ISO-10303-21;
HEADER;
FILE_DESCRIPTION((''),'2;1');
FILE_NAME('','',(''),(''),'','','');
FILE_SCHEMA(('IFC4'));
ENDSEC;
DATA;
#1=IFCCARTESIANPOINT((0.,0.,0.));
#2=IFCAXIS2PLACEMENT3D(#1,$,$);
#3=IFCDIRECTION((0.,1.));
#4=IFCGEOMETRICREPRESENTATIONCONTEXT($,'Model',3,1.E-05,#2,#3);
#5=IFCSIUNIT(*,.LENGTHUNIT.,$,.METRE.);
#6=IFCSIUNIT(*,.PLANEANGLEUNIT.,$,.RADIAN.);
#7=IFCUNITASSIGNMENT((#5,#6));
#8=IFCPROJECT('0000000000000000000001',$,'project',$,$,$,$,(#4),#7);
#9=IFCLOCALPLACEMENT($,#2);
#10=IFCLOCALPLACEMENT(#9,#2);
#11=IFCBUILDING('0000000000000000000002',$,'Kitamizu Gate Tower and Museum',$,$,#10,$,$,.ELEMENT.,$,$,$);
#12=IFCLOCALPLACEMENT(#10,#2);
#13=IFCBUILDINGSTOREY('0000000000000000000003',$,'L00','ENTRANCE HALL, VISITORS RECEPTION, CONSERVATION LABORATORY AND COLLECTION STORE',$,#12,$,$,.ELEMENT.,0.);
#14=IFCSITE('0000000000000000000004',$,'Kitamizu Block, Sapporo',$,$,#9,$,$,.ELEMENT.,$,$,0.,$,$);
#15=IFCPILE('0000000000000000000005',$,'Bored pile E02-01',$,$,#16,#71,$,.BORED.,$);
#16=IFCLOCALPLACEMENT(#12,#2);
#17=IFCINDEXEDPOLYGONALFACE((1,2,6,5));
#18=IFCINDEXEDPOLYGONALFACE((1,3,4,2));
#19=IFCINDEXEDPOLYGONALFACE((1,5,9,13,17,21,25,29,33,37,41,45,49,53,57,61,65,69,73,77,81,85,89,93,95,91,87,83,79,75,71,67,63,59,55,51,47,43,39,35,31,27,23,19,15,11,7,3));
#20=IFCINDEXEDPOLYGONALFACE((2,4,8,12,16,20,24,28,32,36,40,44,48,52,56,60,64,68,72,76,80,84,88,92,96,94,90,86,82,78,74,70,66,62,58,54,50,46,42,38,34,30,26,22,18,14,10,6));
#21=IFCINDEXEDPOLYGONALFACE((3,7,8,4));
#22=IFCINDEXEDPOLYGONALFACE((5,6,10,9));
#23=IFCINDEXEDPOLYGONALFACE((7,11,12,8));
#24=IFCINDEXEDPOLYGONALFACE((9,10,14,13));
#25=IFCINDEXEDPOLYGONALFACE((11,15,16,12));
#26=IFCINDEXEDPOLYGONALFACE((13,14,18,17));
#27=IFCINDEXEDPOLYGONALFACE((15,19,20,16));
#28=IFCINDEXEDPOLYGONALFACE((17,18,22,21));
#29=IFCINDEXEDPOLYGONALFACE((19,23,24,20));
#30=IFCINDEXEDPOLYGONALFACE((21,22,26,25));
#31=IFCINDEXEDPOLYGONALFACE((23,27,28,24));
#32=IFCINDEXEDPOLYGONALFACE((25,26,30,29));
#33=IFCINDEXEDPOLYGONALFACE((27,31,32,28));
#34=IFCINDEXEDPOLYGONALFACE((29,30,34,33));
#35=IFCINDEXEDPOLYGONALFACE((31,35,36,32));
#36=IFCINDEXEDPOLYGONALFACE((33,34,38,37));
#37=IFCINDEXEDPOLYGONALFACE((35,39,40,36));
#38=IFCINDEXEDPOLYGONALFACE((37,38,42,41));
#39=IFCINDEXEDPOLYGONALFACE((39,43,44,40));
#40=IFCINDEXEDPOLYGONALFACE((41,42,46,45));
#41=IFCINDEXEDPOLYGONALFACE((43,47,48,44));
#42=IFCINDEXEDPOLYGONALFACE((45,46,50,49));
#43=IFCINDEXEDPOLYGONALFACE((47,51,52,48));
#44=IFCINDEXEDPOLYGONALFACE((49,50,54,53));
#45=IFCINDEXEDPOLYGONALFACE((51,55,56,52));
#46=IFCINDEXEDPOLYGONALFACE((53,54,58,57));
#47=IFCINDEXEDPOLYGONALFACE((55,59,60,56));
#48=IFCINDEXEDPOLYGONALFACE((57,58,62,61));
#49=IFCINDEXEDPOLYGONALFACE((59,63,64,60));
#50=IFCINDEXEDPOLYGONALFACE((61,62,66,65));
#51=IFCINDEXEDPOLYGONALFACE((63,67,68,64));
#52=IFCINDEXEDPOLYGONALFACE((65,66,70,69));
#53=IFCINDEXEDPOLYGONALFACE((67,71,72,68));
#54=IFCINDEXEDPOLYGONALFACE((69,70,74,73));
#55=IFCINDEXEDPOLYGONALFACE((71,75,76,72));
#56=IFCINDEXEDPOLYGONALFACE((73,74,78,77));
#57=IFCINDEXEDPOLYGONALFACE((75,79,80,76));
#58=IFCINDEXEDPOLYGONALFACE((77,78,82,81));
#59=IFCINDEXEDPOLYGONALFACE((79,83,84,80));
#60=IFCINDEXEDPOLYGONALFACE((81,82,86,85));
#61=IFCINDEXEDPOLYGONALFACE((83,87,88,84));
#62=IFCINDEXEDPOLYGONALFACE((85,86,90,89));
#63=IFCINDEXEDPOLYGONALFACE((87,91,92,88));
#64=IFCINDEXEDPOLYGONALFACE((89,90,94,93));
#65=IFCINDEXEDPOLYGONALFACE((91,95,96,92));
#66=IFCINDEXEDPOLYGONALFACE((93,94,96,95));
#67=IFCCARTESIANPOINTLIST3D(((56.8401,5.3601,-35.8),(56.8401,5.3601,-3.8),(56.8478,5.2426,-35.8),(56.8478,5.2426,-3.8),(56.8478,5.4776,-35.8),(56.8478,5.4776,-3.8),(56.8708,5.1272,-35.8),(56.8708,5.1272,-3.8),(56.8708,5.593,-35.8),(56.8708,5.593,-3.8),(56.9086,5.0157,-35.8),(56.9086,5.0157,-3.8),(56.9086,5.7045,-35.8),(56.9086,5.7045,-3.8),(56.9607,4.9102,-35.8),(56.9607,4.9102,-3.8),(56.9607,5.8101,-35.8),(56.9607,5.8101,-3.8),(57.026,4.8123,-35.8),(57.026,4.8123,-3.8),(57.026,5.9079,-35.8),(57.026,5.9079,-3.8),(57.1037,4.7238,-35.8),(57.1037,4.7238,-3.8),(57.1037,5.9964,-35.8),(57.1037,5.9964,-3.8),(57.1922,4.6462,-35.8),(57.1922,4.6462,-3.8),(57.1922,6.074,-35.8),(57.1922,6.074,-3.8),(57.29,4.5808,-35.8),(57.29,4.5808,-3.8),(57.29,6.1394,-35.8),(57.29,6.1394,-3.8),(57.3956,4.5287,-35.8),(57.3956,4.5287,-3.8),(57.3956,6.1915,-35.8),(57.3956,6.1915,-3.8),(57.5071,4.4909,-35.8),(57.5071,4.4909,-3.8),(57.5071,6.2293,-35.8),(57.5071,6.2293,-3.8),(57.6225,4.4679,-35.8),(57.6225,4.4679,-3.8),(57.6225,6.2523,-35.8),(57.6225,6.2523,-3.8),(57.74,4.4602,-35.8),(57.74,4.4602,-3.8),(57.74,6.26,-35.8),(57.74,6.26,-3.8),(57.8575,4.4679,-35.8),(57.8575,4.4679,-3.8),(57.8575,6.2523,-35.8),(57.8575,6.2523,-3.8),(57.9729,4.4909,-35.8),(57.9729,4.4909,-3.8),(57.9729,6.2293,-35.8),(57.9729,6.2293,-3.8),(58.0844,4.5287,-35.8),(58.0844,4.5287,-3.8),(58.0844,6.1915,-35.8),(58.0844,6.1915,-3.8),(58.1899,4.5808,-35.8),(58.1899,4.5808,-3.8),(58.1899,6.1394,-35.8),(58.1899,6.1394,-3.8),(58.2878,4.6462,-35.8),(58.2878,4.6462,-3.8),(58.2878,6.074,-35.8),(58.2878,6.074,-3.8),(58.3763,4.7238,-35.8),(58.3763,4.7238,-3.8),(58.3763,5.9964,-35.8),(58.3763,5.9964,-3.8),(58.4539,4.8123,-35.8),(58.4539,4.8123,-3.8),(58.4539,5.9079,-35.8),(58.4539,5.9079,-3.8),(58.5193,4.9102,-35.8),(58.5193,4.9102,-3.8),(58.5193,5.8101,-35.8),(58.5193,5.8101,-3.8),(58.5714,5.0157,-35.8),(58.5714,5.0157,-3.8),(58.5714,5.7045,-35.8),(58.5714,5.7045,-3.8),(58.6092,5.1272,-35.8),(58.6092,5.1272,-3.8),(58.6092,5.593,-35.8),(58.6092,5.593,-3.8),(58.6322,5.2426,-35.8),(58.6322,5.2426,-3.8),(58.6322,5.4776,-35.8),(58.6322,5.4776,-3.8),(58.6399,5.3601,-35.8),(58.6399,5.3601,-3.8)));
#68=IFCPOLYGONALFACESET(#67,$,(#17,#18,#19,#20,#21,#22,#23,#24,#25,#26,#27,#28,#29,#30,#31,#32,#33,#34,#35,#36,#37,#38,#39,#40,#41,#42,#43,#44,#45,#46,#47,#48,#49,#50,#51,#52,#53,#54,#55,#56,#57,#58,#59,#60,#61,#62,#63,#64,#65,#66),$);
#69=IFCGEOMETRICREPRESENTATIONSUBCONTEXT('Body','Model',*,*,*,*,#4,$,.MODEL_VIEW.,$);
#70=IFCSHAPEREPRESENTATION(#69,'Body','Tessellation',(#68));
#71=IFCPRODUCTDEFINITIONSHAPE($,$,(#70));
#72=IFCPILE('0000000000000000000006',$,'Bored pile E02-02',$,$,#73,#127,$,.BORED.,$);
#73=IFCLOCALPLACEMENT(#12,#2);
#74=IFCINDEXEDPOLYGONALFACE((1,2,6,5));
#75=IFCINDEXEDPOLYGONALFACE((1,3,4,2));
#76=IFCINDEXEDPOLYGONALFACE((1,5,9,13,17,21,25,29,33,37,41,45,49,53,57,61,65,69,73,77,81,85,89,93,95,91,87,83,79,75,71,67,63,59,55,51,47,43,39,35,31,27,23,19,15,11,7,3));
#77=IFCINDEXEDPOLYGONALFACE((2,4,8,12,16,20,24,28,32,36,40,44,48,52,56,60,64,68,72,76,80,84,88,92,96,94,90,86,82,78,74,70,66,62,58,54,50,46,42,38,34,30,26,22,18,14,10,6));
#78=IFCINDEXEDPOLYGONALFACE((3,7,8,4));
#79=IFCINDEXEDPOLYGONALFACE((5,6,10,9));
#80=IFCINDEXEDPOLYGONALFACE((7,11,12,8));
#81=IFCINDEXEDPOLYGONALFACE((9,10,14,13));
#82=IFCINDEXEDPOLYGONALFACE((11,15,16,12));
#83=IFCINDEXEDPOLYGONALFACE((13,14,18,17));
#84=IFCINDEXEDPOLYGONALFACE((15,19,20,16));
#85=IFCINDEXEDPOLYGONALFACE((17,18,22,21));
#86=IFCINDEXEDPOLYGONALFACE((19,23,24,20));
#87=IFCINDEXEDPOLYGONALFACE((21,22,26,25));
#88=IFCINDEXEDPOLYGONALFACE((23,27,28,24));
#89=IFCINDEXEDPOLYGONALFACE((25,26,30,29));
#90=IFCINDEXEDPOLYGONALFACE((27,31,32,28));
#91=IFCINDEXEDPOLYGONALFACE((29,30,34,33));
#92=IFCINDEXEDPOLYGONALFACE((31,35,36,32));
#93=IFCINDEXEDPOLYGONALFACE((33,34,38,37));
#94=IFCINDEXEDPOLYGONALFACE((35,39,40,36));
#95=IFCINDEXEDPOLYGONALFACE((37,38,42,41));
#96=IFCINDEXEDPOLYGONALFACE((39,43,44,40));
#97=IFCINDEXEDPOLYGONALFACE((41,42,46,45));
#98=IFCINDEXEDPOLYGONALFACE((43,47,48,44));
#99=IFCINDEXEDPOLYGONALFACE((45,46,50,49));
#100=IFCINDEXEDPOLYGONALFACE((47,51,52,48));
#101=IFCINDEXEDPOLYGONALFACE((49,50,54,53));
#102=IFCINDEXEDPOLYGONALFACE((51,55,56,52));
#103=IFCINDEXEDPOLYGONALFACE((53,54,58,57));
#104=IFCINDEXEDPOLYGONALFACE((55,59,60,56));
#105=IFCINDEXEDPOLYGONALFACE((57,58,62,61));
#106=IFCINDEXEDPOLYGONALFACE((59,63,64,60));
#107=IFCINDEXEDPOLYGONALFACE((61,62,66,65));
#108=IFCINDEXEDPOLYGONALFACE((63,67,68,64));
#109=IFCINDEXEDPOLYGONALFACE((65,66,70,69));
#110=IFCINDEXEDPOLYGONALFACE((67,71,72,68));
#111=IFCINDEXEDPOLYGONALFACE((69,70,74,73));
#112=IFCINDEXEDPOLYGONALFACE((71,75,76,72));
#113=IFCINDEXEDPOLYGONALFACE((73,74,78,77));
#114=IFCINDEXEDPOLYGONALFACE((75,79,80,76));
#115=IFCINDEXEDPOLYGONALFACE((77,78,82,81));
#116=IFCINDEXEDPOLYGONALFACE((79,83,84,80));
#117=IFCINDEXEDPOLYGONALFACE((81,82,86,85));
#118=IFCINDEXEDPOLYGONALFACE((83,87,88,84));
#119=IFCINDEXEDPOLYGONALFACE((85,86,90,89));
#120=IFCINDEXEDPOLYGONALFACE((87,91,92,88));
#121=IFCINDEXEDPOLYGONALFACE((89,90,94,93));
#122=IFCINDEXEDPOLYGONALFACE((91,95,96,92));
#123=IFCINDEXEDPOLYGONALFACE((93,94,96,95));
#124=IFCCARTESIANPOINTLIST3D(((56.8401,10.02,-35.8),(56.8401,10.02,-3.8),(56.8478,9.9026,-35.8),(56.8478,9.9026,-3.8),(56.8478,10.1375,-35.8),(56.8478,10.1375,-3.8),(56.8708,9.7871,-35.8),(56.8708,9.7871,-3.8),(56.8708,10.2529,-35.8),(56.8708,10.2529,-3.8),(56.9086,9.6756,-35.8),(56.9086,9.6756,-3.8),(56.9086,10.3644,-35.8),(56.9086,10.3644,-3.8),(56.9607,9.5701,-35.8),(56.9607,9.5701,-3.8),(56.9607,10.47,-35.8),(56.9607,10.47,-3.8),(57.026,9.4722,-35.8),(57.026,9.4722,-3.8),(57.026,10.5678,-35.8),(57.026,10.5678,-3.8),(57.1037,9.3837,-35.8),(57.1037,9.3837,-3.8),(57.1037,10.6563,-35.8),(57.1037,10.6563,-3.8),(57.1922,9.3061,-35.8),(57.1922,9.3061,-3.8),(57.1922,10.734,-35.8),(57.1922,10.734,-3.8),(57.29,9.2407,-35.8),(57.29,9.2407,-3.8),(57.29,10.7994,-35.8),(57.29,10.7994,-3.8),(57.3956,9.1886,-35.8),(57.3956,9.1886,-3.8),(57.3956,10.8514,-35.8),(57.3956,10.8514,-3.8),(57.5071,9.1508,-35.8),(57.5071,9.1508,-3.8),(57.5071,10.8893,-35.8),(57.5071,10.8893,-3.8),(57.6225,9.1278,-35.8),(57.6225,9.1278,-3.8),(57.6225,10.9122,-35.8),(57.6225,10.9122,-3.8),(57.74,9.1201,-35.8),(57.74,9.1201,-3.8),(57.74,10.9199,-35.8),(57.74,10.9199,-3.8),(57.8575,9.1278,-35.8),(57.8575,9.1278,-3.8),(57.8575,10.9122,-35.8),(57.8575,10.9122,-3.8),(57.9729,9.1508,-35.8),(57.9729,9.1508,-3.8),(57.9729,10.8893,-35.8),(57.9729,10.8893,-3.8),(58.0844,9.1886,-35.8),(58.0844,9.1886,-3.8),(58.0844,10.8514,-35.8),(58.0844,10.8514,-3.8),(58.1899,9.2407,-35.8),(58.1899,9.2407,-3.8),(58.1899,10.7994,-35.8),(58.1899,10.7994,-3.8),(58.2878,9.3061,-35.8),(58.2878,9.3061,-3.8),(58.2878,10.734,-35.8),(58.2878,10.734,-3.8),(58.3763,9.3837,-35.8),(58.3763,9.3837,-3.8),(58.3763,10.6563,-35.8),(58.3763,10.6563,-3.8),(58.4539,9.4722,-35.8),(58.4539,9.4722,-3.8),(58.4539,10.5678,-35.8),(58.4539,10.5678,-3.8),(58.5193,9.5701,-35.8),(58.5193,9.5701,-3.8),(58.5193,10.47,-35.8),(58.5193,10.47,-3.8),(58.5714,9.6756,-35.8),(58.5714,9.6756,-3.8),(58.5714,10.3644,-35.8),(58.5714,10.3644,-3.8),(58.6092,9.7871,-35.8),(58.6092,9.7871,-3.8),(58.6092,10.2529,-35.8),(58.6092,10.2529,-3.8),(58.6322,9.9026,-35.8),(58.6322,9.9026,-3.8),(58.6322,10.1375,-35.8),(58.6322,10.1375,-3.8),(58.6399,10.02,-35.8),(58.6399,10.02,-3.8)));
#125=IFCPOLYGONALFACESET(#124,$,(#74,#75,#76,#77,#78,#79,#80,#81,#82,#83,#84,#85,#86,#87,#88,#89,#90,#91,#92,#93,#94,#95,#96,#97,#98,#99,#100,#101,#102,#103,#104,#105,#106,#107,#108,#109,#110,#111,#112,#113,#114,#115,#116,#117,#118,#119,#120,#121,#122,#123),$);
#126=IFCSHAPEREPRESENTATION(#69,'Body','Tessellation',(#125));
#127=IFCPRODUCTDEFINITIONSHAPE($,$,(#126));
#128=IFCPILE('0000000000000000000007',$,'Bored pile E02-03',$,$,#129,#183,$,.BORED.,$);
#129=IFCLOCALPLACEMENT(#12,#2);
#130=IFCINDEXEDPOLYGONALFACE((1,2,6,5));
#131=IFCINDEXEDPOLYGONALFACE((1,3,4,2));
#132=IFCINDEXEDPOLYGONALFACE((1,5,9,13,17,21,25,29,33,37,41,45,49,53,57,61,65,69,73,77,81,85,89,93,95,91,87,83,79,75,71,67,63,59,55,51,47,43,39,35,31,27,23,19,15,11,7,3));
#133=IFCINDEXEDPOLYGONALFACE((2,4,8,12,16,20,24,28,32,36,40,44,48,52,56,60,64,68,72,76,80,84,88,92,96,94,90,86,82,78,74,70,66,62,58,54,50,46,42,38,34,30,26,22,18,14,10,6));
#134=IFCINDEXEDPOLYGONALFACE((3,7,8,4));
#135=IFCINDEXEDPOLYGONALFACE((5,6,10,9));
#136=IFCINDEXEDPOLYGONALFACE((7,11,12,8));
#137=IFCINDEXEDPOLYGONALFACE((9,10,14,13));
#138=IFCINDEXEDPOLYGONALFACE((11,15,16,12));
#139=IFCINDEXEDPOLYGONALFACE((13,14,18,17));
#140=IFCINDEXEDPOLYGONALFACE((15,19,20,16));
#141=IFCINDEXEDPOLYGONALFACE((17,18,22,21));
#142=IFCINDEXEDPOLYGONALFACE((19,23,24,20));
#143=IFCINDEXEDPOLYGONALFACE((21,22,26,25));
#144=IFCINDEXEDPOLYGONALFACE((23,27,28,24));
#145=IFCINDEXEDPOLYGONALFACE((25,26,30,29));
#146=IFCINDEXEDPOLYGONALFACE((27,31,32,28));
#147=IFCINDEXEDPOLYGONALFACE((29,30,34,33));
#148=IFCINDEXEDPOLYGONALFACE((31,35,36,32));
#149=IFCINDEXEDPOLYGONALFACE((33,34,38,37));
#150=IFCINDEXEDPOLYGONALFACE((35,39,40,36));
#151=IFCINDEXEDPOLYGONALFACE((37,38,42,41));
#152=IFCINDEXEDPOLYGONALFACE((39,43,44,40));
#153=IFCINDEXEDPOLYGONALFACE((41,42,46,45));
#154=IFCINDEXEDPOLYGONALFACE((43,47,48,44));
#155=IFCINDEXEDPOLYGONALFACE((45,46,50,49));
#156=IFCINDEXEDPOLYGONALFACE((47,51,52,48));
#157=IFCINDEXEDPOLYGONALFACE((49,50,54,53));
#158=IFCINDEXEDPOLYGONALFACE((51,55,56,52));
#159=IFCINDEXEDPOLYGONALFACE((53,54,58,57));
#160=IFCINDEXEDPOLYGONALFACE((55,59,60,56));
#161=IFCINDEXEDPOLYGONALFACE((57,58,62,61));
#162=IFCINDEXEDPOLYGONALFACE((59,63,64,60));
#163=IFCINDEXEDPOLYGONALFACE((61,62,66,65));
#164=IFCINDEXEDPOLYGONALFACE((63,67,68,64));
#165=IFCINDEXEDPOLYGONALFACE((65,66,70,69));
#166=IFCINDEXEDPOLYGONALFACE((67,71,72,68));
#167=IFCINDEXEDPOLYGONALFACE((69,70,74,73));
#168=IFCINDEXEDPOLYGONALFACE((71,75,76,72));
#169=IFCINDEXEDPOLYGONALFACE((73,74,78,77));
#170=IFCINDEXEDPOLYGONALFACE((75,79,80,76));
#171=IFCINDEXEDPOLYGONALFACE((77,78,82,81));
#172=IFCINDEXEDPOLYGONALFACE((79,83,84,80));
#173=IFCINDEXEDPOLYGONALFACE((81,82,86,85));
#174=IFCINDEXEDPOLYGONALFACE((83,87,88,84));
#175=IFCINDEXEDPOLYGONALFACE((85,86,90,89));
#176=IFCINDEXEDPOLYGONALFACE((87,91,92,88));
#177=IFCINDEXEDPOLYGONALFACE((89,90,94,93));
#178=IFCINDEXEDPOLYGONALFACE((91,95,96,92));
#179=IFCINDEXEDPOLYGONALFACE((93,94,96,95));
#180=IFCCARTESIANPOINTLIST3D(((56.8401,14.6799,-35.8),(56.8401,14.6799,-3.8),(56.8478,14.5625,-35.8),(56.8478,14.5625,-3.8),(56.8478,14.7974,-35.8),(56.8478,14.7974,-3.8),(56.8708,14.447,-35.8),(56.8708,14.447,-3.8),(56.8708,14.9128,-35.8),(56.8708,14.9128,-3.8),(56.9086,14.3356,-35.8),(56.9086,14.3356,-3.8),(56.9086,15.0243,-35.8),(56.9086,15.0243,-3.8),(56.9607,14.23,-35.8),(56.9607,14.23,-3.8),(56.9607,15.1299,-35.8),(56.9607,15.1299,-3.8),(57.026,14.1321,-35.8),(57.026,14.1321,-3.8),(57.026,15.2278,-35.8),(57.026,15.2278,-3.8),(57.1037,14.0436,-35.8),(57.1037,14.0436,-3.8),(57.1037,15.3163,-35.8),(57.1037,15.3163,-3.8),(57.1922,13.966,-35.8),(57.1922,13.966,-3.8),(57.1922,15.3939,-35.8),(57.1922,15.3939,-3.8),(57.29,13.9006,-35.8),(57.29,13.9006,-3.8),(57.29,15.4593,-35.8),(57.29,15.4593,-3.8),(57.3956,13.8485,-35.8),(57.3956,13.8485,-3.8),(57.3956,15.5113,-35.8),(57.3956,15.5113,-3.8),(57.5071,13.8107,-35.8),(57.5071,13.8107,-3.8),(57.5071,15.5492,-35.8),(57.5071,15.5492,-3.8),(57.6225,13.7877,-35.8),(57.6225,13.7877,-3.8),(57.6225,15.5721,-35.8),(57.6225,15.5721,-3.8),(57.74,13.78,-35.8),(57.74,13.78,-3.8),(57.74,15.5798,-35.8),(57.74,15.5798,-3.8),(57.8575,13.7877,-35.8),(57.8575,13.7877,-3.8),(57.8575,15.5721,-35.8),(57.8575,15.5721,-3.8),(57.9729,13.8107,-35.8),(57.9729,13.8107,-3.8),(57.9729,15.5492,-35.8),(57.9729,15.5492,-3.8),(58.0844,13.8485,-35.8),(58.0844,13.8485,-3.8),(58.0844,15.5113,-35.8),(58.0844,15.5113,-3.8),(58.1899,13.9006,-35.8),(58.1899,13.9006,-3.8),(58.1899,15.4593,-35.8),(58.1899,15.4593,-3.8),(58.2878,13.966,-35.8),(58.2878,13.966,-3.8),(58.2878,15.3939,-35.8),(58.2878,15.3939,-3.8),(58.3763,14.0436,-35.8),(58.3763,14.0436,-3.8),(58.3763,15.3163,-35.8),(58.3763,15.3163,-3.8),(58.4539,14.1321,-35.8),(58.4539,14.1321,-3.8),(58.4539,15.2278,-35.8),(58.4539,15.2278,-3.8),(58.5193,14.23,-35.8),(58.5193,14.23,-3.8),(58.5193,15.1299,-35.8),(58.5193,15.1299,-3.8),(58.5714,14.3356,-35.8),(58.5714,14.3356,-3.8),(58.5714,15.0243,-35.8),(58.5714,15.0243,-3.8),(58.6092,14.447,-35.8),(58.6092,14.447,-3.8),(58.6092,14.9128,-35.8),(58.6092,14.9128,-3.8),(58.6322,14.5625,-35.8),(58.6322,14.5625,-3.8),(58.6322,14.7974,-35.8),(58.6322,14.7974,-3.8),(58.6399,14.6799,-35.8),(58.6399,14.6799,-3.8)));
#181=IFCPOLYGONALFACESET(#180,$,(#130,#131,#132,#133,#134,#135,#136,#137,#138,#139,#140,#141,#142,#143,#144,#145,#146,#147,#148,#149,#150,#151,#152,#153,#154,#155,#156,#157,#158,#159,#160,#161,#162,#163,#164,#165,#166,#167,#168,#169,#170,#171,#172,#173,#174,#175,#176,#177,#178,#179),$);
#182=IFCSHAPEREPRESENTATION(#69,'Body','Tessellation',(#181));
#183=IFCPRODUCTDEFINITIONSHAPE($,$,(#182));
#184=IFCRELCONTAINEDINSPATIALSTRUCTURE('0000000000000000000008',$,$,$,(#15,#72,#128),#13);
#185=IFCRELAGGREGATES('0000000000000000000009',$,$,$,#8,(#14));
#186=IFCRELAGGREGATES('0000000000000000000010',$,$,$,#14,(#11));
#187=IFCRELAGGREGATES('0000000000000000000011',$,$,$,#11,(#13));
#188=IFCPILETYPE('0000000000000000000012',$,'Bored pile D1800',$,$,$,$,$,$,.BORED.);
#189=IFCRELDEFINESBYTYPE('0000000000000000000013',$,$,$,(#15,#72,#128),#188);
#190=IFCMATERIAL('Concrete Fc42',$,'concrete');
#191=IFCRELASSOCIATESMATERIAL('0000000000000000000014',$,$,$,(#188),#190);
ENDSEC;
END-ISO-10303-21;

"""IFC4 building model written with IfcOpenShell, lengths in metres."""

from ifc_helpers import new_model, si_unit, direction, frame, origin, origin_2d, place, context, subcontext, project, spatial, circle, extrude, material, material_profile, profile_set, type_object, element, save


model = new_model("IFC4")

# Units and contexts
model_context = context("Model", 3, precision=1e-05, world=origin(), true_north=direction((0.0, 1.0)))
body_context = subcontext(model_context, "Body", "Model", "MODEL_VIEW")
ifc_project = project(units=[si_unit("LENGTHUNIT", "METRE"), si_unit("PLANEANGLEUNIT", "RADIAN")], contexts=[model_context])

# Site, building, storey
site_placement = place(None, origin())
site = spatial("IfcSite", under=ifc_project, at=site_placement, Name="Kitamizu Block, Sapporo", CompositionType="ELEMENT", RefElevation=0.0)
building_placement = place(site_placement, origin())
building = spatial("IfcBuilding", under=site, at=building_placement, Name="Kitamizu Gate Tower and Museum", CompositionType="ELEMENT")
storey_placement = place(building_placement, origin())
storey = spatial("IfcBuildingStorey", under=building, at=storey_placement, Name="L00", Description="ENTRANCE HALL, VISITORS RECEPTION, CONSERVATION LABORATORY AND COLLECTION STORE", CompositionType="ELEMENT", Elevation=0.0)

# Piles
ifc_material_1 = material(Name="Concrete Fc42", Category="concrete")
ifc_material_profile_1 = material_profile(ifc_material_1, circle(Radius=0.8999, at=origin_2d()), Name="Bored pile D1800")
ifc_profile_set_1 = profile_set([ifc_material_profile_1], Name="Concrete Fc42")
pile_type = type_object("IfcPileType", Name="Bored pile D1800", PredefinedType="BORED", material=ifc_profile_set_1)
for number, where, z_axis, x_axis, name in (
    (1, (57.74, 5.3601, -3.8), (0.0, 0.0, -1.0), (1.0, 0.0, 0.0), "Bored pile E02-01"),
    (2, (57.74, 10.02, -3.8), (0.0, 0.0, -1.0), (1.0, 0.0, 0.0), "Bored pile E02-02"),
    (3, (57.74, 14.6799, -3.8), (0.0, 0.0, -1.0), (1.0, 0.0, 0.0), "Bored pile E02-03"),
):
    element("IfcPile", number, at=place(storey_placement, frame(where, z_axis=z_axis, x_axis=x_axis)), inside=storey, type_object=pile_type, Name=name, PredefinedType="BORED", context=body_context, shape_type="SweptSolid", body=[
        extrude(circle(Radius=0.8999, at=origin_2d()), origin(), (0.0, 0.0, 1.0), 32.0),
    ])

save(model, "model.ifc")
